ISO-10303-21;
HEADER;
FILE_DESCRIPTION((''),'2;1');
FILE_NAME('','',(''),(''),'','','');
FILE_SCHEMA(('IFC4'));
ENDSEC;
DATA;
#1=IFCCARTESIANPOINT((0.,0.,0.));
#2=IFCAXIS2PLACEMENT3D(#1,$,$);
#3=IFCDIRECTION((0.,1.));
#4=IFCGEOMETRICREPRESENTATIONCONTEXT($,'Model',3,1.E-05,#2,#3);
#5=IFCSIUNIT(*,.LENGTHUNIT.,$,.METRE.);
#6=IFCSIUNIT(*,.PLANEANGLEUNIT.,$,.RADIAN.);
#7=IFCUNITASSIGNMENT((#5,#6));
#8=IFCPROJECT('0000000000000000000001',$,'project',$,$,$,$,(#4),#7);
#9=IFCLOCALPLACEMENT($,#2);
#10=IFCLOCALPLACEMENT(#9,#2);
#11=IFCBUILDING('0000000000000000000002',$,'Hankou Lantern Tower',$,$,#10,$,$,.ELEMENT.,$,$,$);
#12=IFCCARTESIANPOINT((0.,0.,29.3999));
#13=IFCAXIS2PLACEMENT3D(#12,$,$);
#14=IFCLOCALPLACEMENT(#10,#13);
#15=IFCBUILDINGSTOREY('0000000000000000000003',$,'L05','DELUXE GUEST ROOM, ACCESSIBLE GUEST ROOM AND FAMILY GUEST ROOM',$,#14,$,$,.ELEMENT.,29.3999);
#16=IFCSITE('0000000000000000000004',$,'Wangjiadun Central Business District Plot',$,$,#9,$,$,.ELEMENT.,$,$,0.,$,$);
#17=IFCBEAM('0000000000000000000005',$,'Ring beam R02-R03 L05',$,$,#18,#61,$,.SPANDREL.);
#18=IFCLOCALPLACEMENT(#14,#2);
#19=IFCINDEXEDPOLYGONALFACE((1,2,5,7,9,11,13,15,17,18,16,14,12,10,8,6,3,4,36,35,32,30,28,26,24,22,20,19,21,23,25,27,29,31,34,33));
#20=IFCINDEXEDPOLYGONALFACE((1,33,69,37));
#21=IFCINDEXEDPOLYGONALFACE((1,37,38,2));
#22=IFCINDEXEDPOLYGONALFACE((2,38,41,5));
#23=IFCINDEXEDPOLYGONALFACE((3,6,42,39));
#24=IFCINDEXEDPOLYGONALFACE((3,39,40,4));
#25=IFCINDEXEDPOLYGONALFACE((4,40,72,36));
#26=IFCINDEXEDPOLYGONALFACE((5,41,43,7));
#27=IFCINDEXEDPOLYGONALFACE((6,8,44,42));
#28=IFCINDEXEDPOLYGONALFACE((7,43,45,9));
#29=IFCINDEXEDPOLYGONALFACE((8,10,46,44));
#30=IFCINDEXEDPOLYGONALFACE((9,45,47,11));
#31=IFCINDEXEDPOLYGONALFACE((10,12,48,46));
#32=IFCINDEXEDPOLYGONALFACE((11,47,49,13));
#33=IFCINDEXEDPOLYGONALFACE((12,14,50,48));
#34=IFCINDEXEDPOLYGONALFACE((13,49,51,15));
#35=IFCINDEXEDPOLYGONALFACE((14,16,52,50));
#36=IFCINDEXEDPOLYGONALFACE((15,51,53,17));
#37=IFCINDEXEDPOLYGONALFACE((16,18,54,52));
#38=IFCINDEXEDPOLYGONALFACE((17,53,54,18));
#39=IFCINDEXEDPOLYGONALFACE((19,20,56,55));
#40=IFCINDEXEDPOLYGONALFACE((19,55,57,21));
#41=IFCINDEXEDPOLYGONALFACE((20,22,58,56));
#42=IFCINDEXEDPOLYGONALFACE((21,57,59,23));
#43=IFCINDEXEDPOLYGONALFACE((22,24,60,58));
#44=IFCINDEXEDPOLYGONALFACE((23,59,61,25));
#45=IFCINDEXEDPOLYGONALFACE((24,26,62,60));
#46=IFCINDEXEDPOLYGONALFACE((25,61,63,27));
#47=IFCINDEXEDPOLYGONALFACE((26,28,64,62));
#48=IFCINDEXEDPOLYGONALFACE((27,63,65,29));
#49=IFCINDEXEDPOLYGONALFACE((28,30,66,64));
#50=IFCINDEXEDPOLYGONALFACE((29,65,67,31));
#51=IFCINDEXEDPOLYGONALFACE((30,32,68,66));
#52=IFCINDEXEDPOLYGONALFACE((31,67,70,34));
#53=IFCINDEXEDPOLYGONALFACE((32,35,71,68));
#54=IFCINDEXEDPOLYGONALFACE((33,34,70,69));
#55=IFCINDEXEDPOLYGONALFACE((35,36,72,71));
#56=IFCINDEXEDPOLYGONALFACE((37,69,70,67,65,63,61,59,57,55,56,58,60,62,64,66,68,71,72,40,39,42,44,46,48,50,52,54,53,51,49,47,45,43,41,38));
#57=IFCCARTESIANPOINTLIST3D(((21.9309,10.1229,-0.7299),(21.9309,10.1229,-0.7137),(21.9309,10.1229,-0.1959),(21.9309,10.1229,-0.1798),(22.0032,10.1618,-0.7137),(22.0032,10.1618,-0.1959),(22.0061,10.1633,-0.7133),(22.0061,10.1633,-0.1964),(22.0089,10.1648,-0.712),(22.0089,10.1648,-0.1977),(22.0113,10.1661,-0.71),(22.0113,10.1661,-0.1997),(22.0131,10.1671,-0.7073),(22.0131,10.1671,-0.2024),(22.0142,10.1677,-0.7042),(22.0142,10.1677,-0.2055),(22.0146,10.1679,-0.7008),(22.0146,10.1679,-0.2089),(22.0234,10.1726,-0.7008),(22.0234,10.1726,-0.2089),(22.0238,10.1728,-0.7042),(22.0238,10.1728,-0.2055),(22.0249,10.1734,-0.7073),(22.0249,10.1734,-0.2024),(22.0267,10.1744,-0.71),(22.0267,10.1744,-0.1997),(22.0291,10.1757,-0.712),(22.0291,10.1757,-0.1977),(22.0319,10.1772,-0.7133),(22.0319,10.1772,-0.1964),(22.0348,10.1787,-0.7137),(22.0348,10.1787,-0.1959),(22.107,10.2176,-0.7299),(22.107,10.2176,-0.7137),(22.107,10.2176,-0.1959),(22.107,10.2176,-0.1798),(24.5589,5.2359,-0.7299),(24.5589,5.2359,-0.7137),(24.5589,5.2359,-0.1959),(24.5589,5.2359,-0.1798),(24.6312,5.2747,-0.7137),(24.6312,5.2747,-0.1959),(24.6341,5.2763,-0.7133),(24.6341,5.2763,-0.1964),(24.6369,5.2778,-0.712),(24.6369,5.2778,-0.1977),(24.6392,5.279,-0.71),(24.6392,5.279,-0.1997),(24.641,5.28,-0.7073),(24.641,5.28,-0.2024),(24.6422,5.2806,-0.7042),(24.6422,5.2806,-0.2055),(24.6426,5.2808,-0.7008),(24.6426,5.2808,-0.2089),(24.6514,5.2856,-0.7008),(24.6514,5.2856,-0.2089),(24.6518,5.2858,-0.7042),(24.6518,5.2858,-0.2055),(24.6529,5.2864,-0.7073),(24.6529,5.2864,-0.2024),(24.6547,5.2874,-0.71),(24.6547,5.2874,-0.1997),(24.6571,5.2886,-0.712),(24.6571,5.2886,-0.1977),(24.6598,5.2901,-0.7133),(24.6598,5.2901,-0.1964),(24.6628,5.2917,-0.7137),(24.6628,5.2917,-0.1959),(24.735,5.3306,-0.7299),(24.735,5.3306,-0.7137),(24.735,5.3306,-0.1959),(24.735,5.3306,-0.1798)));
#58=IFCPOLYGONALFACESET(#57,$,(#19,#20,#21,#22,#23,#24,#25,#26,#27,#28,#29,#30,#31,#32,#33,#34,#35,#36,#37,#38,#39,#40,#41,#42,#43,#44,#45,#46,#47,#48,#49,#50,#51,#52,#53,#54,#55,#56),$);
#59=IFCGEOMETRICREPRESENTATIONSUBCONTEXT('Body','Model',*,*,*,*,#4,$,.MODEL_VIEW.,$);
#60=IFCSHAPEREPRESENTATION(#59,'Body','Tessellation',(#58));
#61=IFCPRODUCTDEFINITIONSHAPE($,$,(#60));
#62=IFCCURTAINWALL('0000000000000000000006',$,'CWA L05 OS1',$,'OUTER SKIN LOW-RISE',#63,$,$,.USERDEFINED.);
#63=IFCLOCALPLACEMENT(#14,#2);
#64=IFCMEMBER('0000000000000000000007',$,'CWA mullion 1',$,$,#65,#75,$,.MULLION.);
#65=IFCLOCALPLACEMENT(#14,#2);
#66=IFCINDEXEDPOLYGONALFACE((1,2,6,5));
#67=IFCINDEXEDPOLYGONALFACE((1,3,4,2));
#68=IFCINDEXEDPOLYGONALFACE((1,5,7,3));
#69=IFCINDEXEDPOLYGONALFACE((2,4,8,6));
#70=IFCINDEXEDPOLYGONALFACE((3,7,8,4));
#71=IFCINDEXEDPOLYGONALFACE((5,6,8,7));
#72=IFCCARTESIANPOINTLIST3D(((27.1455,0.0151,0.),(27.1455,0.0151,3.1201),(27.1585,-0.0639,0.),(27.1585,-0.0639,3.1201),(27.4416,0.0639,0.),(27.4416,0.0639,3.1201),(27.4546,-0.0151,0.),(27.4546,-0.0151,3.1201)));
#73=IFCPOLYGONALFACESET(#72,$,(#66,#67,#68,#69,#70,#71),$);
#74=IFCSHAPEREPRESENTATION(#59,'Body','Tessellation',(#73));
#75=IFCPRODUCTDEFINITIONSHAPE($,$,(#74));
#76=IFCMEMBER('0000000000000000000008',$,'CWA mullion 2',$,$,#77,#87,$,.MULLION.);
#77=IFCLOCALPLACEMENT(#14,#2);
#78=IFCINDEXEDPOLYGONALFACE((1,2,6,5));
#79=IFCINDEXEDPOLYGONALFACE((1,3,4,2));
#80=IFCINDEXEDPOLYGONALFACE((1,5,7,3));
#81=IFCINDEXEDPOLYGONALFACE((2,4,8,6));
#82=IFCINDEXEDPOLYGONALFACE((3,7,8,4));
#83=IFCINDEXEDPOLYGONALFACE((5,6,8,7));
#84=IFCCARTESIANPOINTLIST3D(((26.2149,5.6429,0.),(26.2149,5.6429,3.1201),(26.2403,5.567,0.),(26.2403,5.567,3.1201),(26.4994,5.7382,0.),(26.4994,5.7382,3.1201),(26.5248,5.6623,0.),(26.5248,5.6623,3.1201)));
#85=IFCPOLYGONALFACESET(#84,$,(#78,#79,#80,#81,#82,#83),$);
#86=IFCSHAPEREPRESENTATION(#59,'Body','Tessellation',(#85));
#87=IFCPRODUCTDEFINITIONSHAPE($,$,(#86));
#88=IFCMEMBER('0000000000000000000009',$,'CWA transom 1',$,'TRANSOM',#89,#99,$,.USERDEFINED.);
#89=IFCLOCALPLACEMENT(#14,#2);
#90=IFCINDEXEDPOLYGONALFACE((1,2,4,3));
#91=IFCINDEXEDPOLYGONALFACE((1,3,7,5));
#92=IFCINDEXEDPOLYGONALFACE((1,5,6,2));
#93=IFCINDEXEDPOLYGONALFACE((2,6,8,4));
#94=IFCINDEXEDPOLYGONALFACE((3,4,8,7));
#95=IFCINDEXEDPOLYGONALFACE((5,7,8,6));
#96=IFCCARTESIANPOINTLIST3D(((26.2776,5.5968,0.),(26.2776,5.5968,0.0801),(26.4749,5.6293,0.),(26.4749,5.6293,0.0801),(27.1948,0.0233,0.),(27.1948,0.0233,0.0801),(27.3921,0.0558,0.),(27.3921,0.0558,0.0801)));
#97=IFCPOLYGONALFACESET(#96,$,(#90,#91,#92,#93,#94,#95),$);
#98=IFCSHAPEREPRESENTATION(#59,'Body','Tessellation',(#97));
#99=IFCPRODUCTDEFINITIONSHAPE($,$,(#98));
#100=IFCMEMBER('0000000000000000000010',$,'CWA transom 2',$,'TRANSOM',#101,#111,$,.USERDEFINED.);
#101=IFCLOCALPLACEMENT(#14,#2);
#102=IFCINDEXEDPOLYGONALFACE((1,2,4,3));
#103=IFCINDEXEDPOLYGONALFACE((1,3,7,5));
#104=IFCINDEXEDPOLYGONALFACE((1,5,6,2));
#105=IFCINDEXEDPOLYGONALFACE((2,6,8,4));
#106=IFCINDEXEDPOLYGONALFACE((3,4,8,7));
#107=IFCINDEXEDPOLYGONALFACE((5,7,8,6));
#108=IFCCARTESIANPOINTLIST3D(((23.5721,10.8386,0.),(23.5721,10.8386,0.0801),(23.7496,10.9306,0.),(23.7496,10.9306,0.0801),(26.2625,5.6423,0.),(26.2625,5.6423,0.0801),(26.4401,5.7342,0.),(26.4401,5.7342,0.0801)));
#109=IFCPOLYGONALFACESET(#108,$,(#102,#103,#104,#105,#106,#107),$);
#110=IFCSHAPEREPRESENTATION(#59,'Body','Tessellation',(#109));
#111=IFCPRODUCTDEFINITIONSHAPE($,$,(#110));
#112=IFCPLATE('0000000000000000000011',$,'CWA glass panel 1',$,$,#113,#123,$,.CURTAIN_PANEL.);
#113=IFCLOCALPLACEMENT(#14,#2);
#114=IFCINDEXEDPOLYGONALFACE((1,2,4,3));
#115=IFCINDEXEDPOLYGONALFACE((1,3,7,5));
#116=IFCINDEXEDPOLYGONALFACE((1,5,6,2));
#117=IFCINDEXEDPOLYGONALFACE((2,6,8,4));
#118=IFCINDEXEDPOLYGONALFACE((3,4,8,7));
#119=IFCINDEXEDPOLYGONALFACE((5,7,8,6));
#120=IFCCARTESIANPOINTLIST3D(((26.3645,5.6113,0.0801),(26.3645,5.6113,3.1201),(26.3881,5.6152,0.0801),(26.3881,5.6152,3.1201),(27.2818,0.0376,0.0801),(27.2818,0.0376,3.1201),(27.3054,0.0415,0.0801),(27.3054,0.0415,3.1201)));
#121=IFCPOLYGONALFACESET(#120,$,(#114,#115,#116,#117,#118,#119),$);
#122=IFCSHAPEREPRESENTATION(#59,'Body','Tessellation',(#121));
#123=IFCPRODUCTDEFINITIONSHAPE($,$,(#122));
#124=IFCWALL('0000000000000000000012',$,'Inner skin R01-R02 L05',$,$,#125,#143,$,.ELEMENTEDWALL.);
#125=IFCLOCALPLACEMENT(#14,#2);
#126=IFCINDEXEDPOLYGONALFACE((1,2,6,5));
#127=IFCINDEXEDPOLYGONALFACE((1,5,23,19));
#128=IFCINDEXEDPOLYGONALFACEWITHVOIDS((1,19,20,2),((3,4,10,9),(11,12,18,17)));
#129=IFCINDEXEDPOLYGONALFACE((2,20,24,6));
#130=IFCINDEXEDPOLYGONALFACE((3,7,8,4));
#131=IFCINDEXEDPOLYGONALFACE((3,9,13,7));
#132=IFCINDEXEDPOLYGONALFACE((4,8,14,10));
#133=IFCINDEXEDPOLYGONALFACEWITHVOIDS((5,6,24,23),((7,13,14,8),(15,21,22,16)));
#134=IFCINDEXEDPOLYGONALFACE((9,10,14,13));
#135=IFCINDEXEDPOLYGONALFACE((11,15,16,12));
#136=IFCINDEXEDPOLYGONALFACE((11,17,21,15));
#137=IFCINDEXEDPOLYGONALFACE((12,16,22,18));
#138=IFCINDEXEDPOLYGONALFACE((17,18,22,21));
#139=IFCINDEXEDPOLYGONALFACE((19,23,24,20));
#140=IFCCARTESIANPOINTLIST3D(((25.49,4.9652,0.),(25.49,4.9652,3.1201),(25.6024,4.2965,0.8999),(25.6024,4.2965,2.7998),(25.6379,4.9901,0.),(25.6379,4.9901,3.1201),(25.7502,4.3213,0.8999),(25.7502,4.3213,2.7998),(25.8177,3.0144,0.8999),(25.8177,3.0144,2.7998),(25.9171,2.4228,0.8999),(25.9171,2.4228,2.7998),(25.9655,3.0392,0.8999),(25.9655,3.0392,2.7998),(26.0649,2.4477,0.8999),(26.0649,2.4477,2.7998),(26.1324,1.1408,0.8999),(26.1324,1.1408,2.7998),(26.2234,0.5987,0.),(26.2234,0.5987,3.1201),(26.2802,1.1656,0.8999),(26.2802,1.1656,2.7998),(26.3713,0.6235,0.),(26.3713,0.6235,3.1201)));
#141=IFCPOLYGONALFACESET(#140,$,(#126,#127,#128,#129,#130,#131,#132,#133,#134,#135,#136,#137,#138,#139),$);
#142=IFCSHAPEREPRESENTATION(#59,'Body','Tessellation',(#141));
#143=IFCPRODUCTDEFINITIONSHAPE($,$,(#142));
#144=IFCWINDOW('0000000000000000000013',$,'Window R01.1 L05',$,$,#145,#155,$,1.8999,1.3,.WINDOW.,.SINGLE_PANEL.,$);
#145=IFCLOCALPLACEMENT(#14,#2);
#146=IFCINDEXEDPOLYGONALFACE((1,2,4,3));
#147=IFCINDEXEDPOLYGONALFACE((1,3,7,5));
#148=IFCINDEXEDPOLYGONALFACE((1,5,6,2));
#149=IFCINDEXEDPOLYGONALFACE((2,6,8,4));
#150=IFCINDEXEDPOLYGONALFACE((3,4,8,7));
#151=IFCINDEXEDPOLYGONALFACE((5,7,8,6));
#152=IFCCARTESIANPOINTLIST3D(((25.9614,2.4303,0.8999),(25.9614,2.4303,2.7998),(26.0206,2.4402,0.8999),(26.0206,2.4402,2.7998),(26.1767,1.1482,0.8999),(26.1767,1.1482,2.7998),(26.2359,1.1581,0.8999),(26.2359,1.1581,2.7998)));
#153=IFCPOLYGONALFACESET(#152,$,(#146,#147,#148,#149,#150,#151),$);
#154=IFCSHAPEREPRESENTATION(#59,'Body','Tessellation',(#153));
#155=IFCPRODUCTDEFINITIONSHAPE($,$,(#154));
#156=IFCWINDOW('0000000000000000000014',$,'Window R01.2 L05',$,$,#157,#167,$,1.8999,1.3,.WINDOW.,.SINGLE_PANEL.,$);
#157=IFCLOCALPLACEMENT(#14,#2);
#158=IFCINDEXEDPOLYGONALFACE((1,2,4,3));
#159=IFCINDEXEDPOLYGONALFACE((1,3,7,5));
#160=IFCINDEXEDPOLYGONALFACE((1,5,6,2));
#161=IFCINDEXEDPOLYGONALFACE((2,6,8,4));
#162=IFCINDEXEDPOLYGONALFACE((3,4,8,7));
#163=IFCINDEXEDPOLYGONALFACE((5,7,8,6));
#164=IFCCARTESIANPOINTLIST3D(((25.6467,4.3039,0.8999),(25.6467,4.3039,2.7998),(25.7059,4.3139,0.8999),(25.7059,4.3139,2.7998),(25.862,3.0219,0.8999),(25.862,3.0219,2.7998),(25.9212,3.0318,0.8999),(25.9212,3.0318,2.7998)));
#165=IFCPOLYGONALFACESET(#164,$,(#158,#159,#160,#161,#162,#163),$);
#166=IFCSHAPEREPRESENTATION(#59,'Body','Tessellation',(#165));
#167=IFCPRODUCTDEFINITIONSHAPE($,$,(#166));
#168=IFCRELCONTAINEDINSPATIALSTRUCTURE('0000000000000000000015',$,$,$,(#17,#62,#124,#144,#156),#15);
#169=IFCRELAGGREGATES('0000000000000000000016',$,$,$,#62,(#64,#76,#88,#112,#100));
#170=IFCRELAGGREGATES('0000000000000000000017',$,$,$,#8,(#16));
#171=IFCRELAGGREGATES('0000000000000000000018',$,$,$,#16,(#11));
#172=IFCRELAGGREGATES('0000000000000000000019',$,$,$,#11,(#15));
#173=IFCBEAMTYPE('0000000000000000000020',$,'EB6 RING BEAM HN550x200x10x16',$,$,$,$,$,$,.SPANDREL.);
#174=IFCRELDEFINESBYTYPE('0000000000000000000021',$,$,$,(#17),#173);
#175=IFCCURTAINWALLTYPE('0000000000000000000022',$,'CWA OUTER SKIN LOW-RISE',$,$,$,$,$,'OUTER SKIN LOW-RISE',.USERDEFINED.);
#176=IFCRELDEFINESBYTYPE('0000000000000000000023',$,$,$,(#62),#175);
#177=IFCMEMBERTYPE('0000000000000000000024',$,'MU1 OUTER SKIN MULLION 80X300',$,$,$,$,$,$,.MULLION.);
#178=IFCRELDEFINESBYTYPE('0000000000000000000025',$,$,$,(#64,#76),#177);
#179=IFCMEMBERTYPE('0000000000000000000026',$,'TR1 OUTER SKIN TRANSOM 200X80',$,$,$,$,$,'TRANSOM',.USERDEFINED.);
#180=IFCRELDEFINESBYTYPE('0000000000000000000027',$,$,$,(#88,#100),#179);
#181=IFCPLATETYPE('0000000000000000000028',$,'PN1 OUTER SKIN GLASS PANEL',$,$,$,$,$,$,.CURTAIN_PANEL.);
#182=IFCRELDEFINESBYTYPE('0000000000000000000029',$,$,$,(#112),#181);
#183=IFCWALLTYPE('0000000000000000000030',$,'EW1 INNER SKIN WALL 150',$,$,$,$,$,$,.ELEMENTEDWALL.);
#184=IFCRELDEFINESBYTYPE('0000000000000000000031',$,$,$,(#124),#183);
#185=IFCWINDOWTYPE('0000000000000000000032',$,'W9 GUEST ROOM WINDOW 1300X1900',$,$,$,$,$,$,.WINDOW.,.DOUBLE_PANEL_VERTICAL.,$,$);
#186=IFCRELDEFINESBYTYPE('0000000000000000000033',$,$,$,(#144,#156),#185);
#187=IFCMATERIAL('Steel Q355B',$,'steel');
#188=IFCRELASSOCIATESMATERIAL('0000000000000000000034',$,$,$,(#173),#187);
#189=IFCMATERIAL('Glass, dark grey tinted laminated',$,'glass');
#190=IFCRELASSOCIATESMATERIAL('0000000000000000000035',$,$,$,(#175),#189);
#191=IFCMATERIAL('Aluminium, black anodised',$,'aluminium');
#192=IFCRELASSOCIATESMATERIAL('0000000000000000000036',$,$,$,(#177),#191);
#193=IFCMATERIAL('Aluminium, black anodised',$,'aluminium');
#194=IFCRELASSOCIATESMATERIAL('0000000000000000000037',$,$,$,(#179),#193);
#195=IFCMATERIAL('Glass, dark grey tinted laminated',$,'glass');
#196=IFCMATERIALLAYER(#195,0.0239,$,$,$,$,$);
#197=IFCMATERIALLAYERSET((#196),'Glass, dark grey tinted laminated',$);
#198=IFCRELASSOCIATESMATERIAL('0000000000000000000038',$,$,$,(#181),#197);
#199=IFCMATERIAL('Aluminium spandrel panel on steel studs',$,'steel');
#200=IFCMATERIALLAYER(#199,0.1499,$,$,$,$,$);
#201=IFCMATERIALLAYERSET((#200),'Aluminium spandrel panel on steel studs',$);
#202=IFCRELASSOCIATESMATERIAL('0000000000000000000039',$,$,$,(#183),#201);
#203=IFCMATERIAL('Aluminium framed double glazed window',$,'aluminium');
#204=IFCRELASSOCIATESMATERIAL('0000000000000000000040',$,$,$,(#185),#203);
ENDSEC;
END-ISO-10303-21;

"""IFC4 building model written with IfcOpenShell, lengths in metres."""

from ifc_helpers import new_model, si_unit, direction, frame, frame_2d, origin, origin_2d, place, context, subcontext, project, spatial, rectangle, i_section, extrude, material, layer, layer_set, material_profile, profile_set, type_object, element, fill, aggregate, save


model = new_model("IFC4")

# Units and contexts
model_context = context("Model", 3, precision=1e-05, world=origin(), true_north=direction((0.0, 1.0)))
body_context = subcontext(model_context, "Body", "Model", "MODEL_VIEW")
ifc_project = project(units=[si_unit("LENGTHUNIT", "METRE"), si_unit("PLANEANGLEUNIT", "RADIAN")], contexts=[model_context])

# Site, building, storey
site_placement = place(None, origin())
site = spatial("IfcSite", under=ifc_project, at=site_placement, Name="Wangjiadun Central Business District Plot", CompositionType="ELEMENT", RefElevation=0.0)
building_placement = place(site_placement, origin())
building = spatial("IfcBuilding", under=site, at=building_placement, Name="Hankou Lantern Tower", CompositionType="ELEMENT")
storey_placement = place(building_placement, frame((0.0, 0.0, 29.3999)))
storey = spatial("IfcBuildingStorey", under=building, at=storey_placement, Name="L05", Description="DELUXE GUEST ROOM, ACCESSIBLE GUEST ROOM AND FAMILY GUEST ROOM", CompositionType="ELEMENT", Elevation=29.3999)

# Beam
ifc_material_1 = material(Name="Steel Q355B", Category="steel")
ifc_material_profile_1 = material_profile(ifc_material_1, i_section(OverallWidth=0.2, OverallDepth=0.55, WebThickness=0.01, FlangeThickness=0.0161, FilletRadius=0.0129, at=origin_2d()), Name="HN550x200x10x16")
ifc_profile_set_1 = profile_set([ifc_material_profile_1], Name="Steel Q355B")
beam_type = type_object("IfcBeamType", Name="EB6 RING BEAM HN550x200x10x16", PredefinedType="SPANDREL", material=ifc_profile_set_1)
beam_1_placement = place(storey_placement, frame((24.647, 5.2832, -0.4548), z_axis=(-0.473609, 0.880735, 0.0), x_axis=(-0.880735, -0.473609, 0.0)))
element("IfcBeam", 1, at=beam_1_placement, inside=storey, type_object=beam_type, Name="Ring beam R02-R03 L05", PredefinedType="SPANDREL", context=body_context, shape_type="SweptSolid", body=[
    extrude(i_section(OverallWidth=0.2, OverallDepth=0.55, WebThickness=0.01, FlangeThickness=0.0161, FilletRadius=0.0129, at=origin_2d()), origin(), (0.0, 0.0, 1.0), 5.5488),
])

# Curtain wall, members, plate
ifc_material_2 = material(Name="Glass, dark grey tinted laminated", Category="glass")
curtain_wall_type = type_object("IfcCurtainWallType", Name="CWA OUTER SKIN LOW-RISE", ElementType="OUTER SKIN LOW-RISE", PredefinedType="USERDEFINED", material=ifc_material_2)
curtain_wall_placement = place(storey_placement, origin())
curtain_wall = element("IfcCurtainWall", 2, at=curtain_wall_placement, inside=storey, type_object=curtain_wall_type, Name="CWA L05 OS1", ObjectType="OUTER SKIN LOW-RISE", PredefinedType="USERDEFINED")
ifc_material_3 = material(Name="Aluminium, black anodised", Category="aluminium")
ifc_material_profile_2 = material_profile(ifc_material_3, rectangle(XDim=0.0801, YDim=0.3, at=origin_2d()), Name="MU1 80X300")
ifc_profile_set_2 = profile_set([ifc_material_profile_2], Name="Aluminium, black anodised")
member_type_1 = type_object("IfcMemberType", Name="MU1 OUTER SKIN MULLION 80X300", PredefinedType="MULLION", material=ifc_profile_set_2)
member_1_placement = place(storey_placement, frame((27.3, 0.0, 0.0), z_axis=(0.0, 0.0, 1.0), x_axis=(-0.162382, 0.986728, 0.0)))
member_1 = element("IfcMember", 3, at=member_1_placement, type_object=member_type_1, Name="CWA mullion 1", PredefinedType="MULLION", context=body_context, shape_type="SweptSolid", body=[
    extrude(rectangle(XDim=0.0801, YDim=0.3, at=origin_2d()), origin(), (0.0, 0.0, 1.0), 3.1201),
])
member_2_placement = place(storey_placement, frame((26.3699, 5.6526, 0.0), z_axis=(0.0, 0.0, 1.0), x_axis=(-0.317596, 0.948226, 0.0)))
member_2 = element("IfcMember", 4, at=member_2_placement, type_object=member_type_1, Name="CWA mullion 2", PredefinedType="MULLION", context=body_context, shape_type="SweptSolid", body=[
    extrude(rectangle(XDim=0.0801, YDim=0.3, at=origin_2d()), origin(), (0.0, 0.0, 1.0), 3.1201),
])
ifc_material_4 = material(Name="Aluminium, black anodised", Category="aluminium")
ifc_material_profile_3 = material_profile(ifc_material_4, rectangle(XDim=0.2, YDim=0.0801, at=origin_2d()), Name="TR1 200X80")
ifc_profile_set_3 = profile_set([ifc_material_profile_3], Name="Aluminium, black anodised")
member_type_2 = type_object("IfcMemberType", Name="TR1 OUTER SKIN TRANSOM 200X80", ElementType="TRANSOM", PredefinedType="USERDEFINED", material=ifc_profile_set_3)
member_3_placement = place(storey_placement, frame((27.2935, 0.0396, 0.04), z_axis=(-0.162387, 0.986727, 0.0), x_axis=(-0.986727, -0.162387, 0.0)))
member_3 = element("IfcMember", 5, at=member_3_placement, type_object=member_type_2, Name="CWA transom 1", ObjectType="TRANSOM", PredefinedType="USERDEFINED", context=body_context, shape_type="SweptSolid", body=[
    extrude(rectangle(XDim=0.2, YDim=0.0801, at=origin_2d()), origin(), (0.0, 0.0, 1.0), 5.6484),
])
member_4_placement = place(storey_placement, frame((26.3513, 5.6882, 0.04), z_axis=(-0.459786, 0.88803, 0.0), x_axis=(-0.88803, -0.459786, 0.0)))
member_4 = element("IfcMember", 6, at=member_4_placement, type_object=member_type_2, Name="CWA transom 2", ObjectType="TRANSOM", PredefinedType="USERDEFINED", context=body_context, shape_type="SweptSolid", body=[
    extrude(rectangle(XDim=0.2, YDim=0.0801, at=origin_2d()), origin(), (0.0, 0.0, 1.0), 5.8516),
])
ifc_material_5 = material(Name="Glass, dark grey tinted laminated", Category="glass")
ifc_layer_1 = layer(ifc_material_5, 0.0239)
ifc_layer_set_1 = layer_set([ifc_layer_1], Name="Glass, dark grey tinted laminated")
plate_type = type_object("IfcPlateType", Name="PN1 OUTER SKIN GLASS PANEL", PredefinedType="CURTAIN_PANEL", material=ifc_layer_set_1)
plate_placement = place(storey_placement, frame((26.835, 2.8264, 0.0801), z_axis=(0.0, 0.0, 1.0), x_axis=(-0.162382, 0.986728, 0.0)))
plate = element("IfcPlate", 7, at=plate_placement, type_object=plate_type, Name="CWA glass panel 1", PredefinedType="CURTAIN_PANEL", context=body_context, shape_type="SweptSolid", body=[
    extrude(rectangle(XDim=5.6487, YDim=0.0239, at=origin_2d()), origin(), (0.0, 0.0, 1.0), 3.04),
])
aggregate(curtain_wall, [member_1, member_2, member_3, plate, member_4])

# Wall, openings, windows
ifc_material_6 = material(Name="Aluminium spandrel panel on steel studs", Category="steel")
ifc_layer_2 = layer(ifc_material_6, 0.1499)
ifc_layer_set_2 = layer_set([ifc_layer_2], Name="Aluminium spandrel panel on steel studs")
wall_type_1 = type_object("IfcWallType", Name="EW1 INNER SKIN WALL 150", PredefinedType="ELEMENTEDWALL", material=ifc_layer_set_2)
wall_1_placement = place(storey_placement, frame((26.2974, 0.6111, 0.0), z_axis=(0.0, 0.0, 1.0), x_axis=(-0.165642, 0.986186, 0.0)))
wall_1 = element("IfcWall", 8, at=wall_1_placement, inside=storey, type_object=wall_type_1, Name="Inner skin R01-R02 L05", PredefinedType="ELEMENTEDWALL", context=body_context, shape_type="SweptSolid", body=[
    extrude(rectangle(XDim=4.4277, YDim=0.1499, at=frame_2d((2.2139, 0.0))), origin(), (0.0, 0.0, 1.0), 3.1201),
])
opening_1_placement = place(wall_1_placement, frame((0.5498, 0.0, 0.8999)))
opening_1 = element("IfcOpeningElement", 9, at=opening_1_placement, cuts=wall_1, PredefinedType="OPENING", context=body_context, shape_type="SweptSolid", body=[
    extrude(rectangle(XDim=1.3, YDim=1.8999, at=frame_2d((0.6499, 0.95))), frame((0.0, 0.085, 0.0), z_axis=(0.0, -1.0, 0.0), x_axis=(1.0, 0.0, 0.0)), (0.0, 0.0, 1.0), 0.1699),
])
opening_2_placement = place(wall_1_placement, frame((2.4497, 0.0, 0.8999)))
opening_2 = element("IfcOpeningElement", 10, at=opening_2_placement, cuts=wall_1, PredefinedType="OPENING", context=body_context, shape_type="SweptSolid", body=[
    extrude(rectangle(XDim=1.3, YDim=1.8999, at=frame_2d((0.6499, 0.95))), frame((0.0, 0.085, 0.0), z_axis=(0.0, -1.0, 0.0), x_axis=(1.0, 0.0, 0.0)), (0.0, 0.0, 1.0), 0.1699),
])
ifc_material_7 = material(Name="Aluminium framed double glazed window", Category="aluminium")
window_type = type_object("IfcWindowType", Name="W9 GUEST ROOM WINDOW 1300X1900", PartitioningType="DOUBLE_PANEL_VERTICAL", PredefinedType="WINDOW", material=ifc_material_7)
window_1_placement = place(opening_1_placement, origin())
window_1 = element("IfcWindow", 11, at=window_1_placement, inside=storey, type_object=window_type, Name="Window R01.1 L05", OverallHeight=1.8999, OverallWidth=1.3, PartitioningType="SINGLE_PANEL", PredefinedType="WINDOW", context=body_context, shape_type="SweptSolid", body=[
    extrude(rectangle(XDim=1.3, YDim=1.8999, at=frame_2d((0.6499, 0.95))), frame((0.0, 0.03, 0.0), z_axis=(0.0, -1.0, 0.0), x_axis=(1.0, 0.0, 0.0)), (0.0, 0.0, 1.0), 0.0601),
])
fill(opening_1, window_1)
window_2_placement = place(opening_2_placement, origin())
window_2 = element("IfcWindow", 12, at=window_2_placement, inside=storey, type_object=window_type, Name="Window R01.2 L05", OverallHeight=1.8999, OverallWidth=1.3, PartitioningType="SINGLE_PANEL", PredefinedType="WINDOW", context=body_context, shape_type="SweptSolid", body=[
    extrude(rectangle(XDim=1.3, YDim=1.8999, at=frame_2d((0.6499, 0.95))), frame((0.0, 0.03, 0.0), z_axis=(0.0, -1.0, 0.0), x_axis=(1.0, 0.0, 0.0)), (0.0, 0.0, 1.0), 0.0601),
])
fill(opening_2, window_2)

save(model, "model.ifc")
